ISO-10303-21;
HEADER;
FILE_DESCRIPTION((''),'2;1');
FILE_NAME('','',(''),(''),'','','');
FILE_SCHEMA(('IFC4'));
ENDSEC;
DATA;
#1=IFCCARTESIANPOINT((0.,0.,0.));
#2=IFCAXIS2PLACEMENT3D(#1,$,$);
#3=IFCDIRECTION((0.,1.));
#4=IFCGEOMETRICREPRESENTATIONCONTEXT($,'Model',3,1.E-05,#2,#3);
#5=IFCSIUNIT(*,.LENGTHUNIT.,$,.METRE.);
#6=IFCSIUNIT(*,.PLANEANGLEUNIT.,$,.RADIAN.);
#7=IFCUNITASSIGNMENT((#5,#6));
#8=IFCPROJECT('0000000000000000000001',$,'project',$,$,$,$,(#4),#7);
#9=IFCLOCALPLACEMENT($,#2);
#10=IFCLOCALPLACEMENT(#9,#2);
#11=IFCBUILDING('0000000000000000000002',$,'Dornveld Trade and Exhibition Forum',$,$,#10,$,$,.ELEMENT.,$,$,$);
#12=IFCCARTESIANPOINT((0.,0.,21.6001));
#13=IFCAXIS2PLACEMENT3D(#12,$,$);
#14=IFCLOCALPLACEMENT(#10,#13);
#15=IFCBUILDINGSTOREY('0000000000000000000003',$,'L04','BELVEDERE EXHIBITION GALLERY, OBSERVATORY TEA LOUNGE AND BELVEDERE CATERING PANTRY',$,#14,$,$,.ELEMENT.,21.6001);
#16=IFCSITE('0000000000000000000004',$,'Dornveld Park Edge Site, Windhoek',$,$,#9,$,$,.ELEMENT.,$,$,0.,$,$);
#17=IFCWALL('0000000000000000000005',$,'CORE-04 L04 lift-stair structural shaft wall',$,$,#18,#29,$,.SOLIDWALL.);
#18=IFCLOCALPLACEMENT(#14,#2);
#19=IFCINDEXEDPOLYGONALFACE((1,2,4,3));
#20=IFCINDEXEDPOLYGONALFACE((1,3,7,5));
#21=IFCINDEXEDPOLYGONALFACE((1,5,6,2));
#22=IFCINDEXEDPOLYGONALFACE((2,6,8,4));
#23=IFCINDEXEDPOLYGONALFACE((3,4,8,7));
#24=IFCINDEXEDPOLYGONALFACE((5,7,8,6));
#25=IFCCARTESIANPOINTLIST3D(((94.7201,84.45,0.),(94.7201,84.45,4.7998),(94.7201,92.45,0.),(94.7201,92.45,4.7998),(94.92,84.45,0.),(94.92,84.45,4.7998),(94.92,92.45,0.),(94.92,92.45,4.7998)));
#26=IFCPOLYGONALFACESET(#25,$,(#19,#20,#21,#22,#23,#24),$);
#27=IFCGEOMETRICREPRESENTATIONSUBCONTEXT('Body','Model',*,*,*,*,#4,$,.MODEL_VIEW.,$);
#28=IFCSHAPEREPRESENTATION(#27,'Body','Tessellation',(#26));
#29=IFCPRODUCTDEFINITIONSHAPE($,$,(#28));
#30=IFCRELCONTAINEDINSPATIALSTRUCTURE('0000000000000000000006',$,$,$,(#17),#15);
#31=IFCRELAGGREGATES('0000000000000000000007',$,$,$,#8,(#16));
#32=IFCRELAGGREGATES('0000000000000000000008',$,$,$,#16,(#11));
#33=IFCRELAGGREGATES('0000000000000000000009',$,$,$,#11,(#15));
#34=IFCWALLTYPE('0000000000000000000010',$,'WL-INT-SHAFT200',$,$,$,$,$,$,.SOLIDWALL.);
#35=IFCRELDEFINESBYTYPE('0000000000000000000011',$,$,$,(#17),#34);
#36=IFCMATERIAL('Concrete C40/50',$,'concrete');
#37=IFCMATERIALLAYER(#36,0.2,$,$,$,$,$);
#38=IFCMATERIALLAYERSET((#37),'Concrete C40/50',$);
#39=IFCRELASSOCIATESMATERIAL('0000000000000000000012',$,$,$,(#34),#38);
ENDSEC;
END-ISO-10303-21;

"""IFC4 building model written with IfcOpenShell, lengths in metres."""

from ifc_helpers import new_model, si_unit, direction, frame, frame_2d, origin, place, context, subcontext, project, spatial, rectangle, extrude, material, layer, layer_set, type_object, element, save


model = new_model("IFC4")

# Units and contexts
model_context = context("Model", 3, precision=1e-05, world=origin(), true_north=direction((0.0, 1.0)))
body_context = subcontext(model_context, "Body", "Model", "MODEL_VIEW")
ifc_project = project(units=[si_unit("LENGTHUNIT", "METRE"), si_unit("PLANEANGLEUNIT", "RADIAN")], contexts=[model_context])

# Site, building, storey
site_placement = place(None, origin())
site = spatial("IfcSite", under=ifc_project, at=site_placement, Name="Dornveld Park Edge Site, Windhoek", CompositionType="ELEMENT", RefElevation=0.0)
building_placement = place(site_placement, origin())
building = spatial("IfcBuilding", under=site, at=building_placement, Name="Dornveld Trade and Exhibition Forum", CompositionType="ELEMENT")
storey_placement = place(building_placement, frame((0.0, 0.0, 21.6001)))
storey = spatial("IfcBuildingStorey", under=building, at=storey_placement, Name="L04", Description="BELVEDERE EXHIBITION GALLERY, OBSERVATORY TEA LOUNGE AND BELVEDERE CATERING PANTRY", CompositionType="ELEMENT", Elevation=21.6001)

# Wall
ifc_material_1 = material(Name="Concrete C40/50", Category="concrete")
ifc_layer_1 = layer(ifc_material_1, 0.2)
ifc_layer_set_1 = layer_set([ifc_layer_1], Name="Concrete C40/50")
wall_type_1 = type_object("IfcWallType", Name="WL-INT-SHAFT200", PredefinedType="SOLIDWALL", material=ifc_layer_set_1)
wall_1_placement = place(storey_placement, frame((94.8201, 84.45, 0.0), z_axis=(0.0, 0.0, 1.0), x_axis=(0.0, 1.0, 0.0)))
element("IfcWall", 1, at=wall_1_placement, inside=storey, type_object=wall_type_1, Name="CORE-04 L04 lift-stair structural shaft wall", PredefinedType="SOLIDWALL", context=body_context, shape_type="SweptSolid", body=[
    extrude(rectangle(XDim=8.0, YDim=0.2, at=frame_2d((4.0, 0.0))), origin(), (0.0, 0.0, 1.0), 4.7998),
])

save(model, "model.ifc")
